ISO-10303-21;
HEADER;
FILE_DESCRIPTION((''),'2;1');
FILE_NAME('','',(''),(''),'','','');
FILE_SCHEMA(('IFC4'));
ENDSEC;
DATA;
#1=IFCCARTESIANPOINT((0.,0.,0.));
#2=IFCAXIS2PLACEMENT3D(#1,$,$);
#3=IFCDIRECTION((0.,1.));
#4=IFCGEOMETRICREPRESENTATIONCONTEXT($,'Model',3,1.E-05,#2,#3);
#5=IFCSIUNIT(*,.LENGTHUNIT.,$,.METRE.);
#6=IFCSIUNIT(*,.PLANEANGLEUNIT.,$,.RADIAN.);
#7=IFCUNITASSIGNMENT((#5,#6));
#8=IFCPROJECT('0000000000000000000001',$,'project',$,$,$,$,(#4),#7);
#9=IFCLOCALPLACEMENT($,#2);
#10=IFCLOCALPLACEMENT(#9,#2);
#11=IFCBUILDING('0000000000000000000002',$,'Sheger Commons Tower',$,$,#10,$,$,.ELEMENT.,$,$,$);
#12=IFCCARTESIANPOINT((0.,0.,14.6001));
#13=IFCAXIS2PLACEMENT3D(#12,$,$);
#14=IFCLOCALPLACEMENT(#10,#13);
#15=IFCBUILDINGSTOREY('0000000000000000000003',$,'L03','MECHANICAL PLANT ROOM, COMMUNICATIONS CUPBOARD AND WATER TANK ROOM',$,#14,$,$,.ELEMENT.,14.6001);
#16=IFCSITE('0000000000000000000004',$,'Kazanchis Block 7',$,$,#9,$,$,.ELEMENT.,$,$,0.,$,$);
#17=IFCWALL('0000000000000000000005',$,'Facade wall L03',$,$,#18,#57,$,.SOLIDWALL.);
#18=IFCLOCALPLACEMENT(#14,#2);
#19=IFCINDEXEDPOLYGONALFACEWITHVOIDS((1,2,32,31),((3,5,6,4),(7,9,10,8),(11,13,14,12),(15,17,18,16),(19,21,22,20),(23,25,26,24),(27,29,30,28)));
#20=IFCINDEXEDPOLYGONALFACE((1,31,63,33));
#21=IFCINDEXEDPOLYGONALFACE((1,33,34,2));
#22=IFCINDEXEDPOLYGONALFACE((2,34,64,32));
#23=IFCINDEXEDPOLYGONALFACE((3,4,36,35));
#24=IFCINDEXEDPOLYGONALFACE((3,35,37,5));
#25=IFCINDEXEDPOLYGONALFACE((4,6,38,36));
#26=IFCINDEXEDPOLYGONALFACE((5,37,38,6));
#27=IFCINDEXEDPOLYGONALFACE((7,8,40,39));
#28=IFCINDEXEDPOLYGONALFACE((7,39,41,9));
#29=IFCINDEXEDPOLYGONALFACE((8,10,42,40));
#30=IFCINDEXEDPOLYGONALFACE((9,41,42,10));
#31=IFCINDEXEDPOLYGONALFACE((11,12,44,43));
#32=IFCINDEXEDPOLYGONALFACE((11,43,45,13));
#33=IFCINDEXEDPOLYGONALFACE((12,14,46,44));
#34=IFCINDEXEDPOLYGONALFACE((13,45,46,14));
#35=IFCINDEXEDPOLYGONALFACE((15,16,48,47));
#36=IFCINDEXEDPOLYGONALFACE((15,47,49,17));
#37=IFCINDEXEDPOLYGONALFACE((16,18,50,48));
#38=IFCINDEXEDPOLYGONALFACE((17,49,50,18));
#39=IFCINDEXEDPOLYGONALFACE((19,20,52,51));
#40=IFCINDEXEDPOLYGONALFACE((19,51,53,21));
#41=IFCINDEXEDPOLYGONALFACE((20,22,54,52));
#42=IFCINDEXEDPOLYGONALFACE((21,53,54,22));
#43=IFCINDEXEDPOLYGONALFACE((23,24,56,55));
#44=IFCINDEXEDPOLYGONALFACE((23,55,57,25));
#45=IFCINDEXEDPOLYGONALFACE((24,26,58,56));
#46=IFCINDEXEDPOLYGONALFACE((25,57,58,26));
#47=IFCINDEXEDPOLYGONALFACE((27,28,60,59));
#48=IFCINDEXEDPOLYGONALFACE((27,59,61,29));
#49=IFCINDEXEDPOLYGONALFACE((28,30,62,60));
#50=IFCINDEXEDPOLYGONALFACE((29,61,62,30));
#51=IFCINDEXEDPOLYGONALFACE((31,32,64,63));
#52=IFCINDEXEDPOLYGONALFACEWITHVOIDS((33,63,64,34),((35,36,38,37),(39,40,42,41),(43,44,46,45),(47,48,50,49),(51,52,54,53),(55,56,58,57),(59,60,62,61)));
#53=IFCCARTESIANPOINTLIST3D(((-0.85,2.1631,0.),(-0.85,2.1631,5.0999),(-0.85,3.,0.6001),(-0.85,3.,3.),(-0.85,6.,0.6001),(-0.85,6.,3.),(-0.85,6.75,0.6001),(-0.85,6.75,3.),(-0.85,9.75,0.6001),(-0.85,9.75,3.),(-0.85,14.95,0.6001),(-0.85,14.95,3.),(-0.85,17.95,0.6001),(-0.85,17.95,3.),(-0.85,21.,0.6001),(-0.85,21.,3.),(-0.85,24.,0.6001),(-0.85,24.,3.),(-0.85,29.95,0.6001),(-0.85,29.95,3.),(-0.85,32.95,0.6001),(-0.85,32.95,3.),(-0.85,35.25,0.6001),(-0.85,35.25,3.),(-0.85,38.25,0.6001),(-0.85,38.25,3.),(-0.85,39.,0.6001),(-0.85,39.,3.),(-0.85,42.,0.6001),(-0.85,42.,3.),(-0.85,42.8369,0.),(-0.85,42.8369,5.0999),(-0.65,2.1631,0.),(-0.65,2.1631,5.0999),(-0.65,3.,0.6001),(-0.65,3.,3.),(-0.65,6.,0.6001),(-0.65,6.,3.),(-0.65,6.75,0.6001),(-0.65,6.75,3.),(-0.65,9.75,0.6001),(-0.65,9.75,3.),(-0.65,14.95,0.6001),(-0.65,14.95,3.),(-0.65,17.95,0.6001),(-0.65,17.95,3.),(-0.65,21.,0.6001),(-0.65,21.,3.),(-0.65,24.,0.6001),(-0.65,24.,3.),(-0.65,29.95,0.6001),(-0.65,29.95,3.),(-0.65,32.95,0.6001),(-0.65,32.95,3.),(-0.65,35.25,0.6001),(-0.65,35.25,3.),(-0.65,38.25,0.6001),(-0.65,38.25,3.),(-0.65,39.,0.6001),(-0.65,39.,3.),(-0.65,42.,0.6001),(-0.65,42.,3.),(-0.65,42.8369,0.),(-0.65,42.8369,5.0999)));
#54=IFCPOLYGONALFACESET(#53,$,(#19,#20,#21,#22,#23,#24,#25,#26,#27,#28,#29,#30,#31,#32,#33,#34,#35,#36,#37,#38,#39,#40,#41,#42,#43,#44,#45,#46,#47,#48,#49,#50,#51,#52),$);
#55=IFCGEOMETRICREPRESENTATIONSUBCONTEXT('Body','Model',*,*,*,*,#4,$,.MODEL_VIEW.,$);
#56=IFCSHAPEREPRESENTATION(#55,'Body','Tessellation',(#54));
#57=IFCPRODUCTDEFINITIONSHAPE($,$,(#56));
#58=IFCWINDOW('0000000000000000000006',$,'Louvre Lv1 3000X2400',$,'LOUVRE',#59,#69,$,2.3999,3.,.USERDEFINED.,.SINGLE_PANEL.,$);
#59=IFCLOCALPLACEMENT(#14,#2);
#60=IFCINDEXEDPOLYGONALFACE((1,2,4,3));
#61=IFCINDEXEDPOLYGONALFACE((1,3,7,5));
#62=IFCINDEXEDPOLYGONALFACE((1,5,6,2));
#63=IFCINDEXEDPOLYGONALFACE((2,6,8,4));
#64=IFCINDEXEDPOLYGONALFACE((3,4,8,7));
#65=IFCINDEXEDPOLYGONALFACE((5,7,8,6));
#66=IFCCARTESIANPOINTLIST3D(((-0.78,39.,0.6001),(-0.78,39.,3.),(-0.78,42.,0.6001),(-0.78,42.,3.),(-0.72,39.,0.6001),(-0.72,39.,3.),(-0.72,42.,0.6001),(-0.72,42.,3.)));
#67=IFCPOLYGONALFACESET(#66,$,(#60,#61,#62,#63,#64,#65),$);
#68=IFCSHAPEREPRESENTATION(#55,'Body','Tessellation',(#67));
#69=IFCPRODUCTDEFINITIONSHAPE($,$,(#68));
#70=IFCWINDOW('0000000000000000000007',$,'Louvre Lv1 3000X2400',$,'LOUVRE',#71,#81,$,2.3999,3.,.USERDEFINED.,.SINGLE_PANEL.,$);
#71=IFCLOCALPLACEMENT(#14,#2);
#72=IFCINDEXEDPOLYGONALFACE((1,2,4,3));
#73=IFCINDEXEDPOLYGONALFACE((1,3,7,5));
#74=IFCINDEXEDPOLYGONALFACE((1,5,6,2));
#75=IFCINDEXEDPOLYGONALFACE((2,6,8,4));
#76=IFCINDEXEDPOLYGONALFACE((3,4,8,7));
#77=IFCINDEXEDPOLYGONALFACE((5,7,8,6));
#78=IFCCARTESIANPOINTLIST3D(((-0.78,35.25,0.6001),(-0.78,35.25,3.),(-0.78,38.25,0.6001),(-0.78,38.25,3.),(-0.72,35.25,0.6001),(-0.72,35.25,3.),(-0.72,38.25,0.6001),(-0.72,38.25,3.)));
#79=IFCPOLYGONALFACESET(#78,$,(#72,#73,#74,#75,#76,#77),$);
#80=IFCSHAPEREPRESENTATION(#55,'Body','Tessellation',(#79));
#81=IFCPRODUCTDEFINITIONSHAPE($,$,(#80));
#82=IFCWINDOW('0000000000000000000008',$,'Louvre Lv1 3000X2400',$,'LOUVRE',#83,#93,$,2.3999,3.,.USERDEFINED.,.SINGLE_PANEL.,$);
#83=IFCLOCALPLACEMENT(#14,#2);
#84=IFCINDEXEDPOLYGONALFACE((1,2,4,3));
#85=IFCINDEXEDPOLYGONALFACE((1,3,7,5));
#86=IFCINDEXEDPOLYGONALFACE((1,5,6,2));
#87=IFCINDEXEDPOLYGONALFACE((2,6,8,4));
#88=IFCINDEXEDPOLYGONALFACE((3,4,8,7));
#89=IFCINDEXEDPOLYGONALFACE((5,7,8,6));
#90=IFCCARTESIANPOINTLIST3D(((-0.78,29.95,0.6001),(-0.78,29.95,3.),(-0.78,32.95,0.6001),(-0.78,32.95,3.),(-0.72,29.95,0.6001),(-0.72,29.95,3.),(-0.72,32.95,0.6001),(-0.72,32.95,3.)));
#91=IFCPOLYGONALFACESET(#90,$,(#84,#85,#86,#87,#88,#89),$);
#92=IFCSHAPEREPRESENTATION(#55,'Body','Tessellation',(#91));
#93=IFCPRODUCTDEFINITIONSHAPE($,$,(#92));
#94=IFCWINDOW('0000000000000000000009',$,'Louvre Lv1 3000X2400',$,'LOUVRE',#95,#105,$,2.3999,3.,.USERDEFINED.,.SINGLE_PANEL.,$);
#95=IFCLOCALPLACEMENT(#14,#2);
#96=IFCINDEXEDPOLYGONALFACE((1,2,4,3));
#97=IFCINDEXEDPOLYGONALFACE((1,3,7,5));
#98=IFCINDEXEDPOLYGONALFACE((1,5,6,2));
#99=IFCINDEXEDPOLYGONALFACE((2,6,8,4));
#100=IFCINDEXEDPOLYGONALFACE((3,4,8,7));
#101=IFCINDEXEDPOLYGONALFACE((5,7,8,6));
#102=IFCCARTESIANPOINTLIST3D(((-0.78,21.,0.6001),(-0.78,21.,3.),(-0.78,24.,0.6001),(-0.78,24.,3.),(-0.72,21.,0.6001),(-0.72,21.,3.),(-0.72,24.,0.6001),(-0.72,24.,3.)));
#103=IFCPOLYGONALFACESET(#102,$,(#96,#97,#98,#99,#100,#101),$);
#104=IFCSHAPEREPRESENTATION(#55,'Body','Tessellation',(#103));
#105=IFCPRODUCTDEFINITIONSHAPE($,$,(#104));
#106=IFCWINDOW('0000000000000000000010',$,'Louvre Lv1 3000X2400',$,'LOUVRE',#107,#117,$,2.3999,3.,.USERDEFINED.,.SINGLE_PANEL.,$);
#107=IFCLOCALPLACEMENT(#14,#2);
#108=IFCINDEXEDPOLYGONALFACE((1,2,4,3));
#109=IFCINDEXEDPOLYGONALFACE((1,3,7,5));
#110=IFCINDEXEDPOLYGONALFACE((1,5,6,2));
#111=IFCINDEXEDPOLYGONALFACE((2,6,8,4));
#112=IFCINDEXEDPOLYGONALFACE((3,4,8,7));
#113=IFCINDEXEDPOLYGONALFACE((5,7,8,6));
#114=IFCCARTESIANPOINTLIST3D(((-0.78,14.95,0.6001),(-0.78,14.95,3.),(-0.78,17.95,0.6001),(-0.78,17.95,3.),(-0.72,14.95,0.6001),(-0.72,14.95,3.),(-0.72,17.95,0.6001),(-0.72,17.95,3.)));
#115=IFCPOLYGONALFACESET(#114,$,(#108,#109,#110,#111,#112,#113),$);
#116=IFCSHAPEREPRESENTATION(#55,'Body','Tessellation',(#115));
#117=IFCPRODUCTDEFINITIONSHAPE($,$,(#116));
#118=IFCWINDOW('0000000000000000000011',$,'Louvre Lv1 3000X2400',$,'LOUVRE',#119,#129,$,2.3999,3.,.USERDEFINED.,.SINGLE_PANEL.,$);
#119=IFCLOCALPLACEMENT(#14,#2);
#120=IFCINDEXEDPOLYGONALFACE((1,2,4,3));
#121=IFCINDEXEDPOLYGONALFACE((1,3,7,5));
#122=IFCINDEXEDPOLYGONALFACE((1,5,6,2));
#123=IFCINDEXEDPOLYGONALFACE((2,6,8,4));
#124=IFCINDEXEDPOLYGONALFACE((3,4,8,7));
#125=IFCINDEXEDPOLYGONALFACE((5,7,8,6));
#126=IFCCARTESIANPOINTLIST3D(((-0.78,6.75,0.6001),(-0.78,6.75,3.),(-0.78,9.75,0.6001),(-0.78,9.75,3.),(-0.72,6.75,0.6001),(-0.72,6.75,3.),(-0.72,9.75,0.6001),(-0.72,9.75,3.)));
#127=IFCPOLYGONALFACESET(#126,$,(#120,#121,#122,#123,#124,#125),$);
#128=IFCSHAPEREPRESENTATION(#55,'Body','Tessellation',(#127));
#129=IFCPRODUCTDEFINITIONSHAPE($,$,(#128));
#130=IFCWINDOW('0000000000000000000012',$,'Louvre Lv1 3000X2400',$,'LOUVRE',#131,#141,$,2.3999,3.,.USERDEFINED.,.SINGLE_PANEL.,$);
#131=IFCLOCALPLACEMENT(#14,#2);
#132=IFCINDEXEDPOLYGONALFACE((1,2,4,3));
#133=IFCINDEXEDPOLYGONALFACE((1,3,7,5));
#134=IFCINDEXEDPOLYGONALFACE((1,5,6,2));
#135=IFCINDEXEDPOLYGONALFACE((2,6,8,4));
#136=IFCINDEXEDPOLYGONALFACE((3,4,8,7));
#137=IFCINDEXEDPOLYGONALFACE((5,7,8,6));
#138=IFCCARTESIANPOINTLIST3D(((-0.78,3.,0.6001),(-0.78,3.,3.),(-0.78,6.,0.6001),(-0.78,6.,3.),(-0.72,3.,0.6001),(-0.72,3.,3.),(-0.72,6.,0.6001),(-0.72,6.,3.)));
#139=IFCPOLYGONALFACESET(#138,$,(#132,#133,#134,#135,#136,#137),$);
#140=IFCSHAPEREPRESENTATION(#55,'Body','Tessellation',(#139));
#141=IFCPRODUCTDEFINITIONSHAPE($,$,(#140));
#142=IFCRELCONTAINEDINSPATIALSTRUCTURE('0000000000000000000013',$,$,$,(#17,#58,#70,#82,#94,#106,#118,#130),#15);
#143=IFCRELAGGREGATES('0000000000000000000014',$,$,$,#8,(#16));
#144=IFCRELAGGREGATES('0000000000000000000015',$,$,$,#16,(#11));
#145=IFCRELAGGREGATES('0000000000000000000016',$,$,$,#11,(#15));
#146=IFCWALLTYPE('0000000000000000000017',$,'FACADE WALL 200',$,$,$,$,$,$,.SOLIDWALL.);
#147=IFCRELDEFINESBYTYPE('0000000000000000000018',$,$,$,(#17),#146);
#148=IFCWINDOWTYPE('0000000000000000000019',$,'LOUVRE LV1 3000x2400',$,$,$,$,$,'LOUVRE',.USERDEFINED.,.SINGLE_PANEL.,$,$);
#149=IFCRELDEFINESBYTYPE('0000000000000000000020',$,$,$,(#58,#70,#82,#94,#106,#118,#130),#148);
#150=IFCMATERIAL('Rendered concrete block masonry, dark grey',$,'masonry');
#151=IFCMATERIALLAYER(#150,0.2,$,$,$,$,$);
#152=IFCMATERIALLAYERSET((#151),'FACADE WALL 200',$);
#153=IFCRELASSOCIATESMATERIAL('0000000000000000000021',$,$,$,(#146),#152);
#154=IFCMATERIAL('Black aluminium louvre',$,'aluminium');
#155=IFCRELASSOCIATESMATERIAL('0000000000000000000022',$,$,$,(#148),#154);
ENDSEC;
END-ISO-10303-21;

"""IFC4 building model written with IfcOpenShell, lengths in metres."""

from ifc_helpers import new_model, si_unit, direction, frame, frame_2d, origin, place, context, subcontext, project, spatial, rectangle, extrude, material, layer, layer_set, type_object, element, fill, save


model = new_model("IFC4")

# Units and contexts
model_context = context("Model", 3, precision=1e-05, world=origin(), true_north=direction((0.0, 1.0)))
body_context = subcontext(model_context, "Body", "Model", "MODEL_VIEW")
ifc_project = project(units=[si_unit("LENGTHUNIT", "METRE"), si_unit("PLANEANGLEUNIT", "RADIAN")], contexts=[model_context])

# Site, building, storey
site_placement = place(None, origin())
site = spatial("IfcSite", under=ifc_project, at=site_placement, Name="Kazanchis Block 7", CompositionType="ELEMENT", RefElevation=0.0)
building_placement = place(site_placement, origin())
building = spatial("IfcBuilding", under=site, at=building_placement, Name="Sheger Commons Tower", CompositionType="ELEMENT")
storey_placement = place(building_placement, frame((0.0, 0.0, 14.6001)))
storey = spatial("IfcBuildingStorey", under=building, at=storey_placement, Name="L03", Description="MECHANICAL PLANT ROOM, COMMUNICATIONS CUPBOARD AND WATER TANK ROOM", CompositionType="ELEMENT", Elevation=14.6001)

# Shared definitions
ifc_material_1 = material(Name="Rendered concrete block masonry, dark grey", Category="masonry")
ifc_layer = layer(ifc_material_1, 0.2)
ifc_layer_set = layer_set([ifc_layer], Name="FACADE WALL 200")
wall_type = type_object("IfcWallType", Name="FACADE WALL 200", PredefinedType="SOLIDWALL", material=ifc_layer_set)

# Wall, openings, windows
wall_1_placement = place(storey_placement, frame((-0.75, 42.8369, 0.0), z_axis=(0.0, 0.0, 1.0), x_axis=(0.0, -1.0, 0.0)))
wall_1 = element("IfcWall", 1, at=wall_1_placement, inside=storey, type_object=wall_type, Name="Facade wall L03", PredefinedType="SOLIDWALL", context=body_context, shape_type="SweptSolid", body=[
    extrude(rectangle(XDim=40.6738, YDim=0.2, at=frame_2d((20.3369, 0.0))), origin(), (0.0, 0.0, 1.0), 5.0999),
])
opening_1_placement = place(wall_1_placement, frame((0.8369, 0.0, 0.6001)))
opening_1 = element("IfcOpeningElement", 2, at=opening_1_placement, cuts=wall_1, PredefinedType="OPENING", context=body_context, shape_type="SweptSolid", body=[
    extrude(rectangle(XDim=3.0, YDim=2.3999, at=frame_2d((1.5, 1.2))), frame((0.0, 0.1099, 0.0), z_axis=(0.0, -1.0, 0.0), x_axis=(1.0, 0.0, 0.0)), (0.0, 0.0, 1.0), 0.22),
])
opening_2_placement = place(wall_1_placement, frame((4.5869, 0.0, 0.6001)))
opening_2 = element("IfcOpeningElement", 3, at=opening_2_placement, cuts=wall_1, PredefinedType="OPENING", context=body_context, shape_type="SweptSolid", body=[
    extrude(rectangle(XDim=3.0, YDim=2.3999, at=frame_2d((1.5, 1.2))), frame((0.0, 0.1099, 0.0), z_axis=(0.0, -1.0, 0.0), x_axis=(1.0, 0.0, 0.0)), (0.0, 0.0, 1.0), 0.22),
])
opening_3_placement = place(wall_1_placement, frame((9.887, 0.0, 0.6001)))
opening_3 = element("IfcOpeningElement", 4, at=opening_3_placement, cuts=wall_1, PredefinedType="OPENING", context=body_context, shape_type="SweptSolid", body=[
    extrude(rectangle(XDim=3.0, YDim=2.3999, at=frame_2d((1.5, 1.2))), frame((0.0, 0.1099, 0.0), z_axis=(0.0, -1.0, 0.0), x_axis=(1.0, 0.0, 0.0)), (0.0, 0.0, 1.0), 0.22),
])
opening_4_placement = place(wall_1_placement, frame((18.8369, 0.0, 0.6001)))
opening_4 = element("IfcOpeningElement", 5, at=opening_4_placement, cuts=wall_1, PredefinedType="OPENING", context=body_context, shape_type="SweptSolid", body=[
    extrude(rectangle(XDim=3.0, YDim=2.3999, at=frame_2d((1.5, 1.2))), frame((0.0, 0.1099, 0.0), z_axis=(0.0, -1.0, 0.0), x_axis=(1.0, 0.0, 0.0)), (0.0, 0.0, 1.0), 0.22),
])
opening_5_placement = place(wall_1_placement, frame((24.887, 0.0, 0.6001)))
opening_5 = element("IfcOpeningElement", 6, at=opening_5_placement, cuts=wall_1, PredefinedType="OPENING", context=body_context, shape_type="SweptSolid", body=[
    extrude(rectangle(XDim=3.0, YDim=2.3999, at=frame_2d((1.5, 1.2))), frame((0.0, 0.1099, 0.0), z_axis=(0.0, -1.0, 0.0), x_axis=(1.0, 0.0, 0.0)), (0.0, 0.0, 1.0), 0.22),
])
opening_6_placement = place(wall_1_placement, frame((33.0869, 0.0, 0.6001)))
opening_6 = element("IfcOpeningElement", 7, at=opening_6_placement, cuts=wall_1, PredefinedType="OPENING", context=body_context, shape_type="SweptSolid", body=[
    extrude(rectangle(XDim=3.0, YDim=2.3999, at=frame_2d((1.5, 1.2))), frame((0.0, 0.1099, 0.0), z_axis=(0.0, -1.0, 0.0), x_axis=(1.0, 0.0, 0.0)), (0.0, 0.0, 1.0), 0.22),
])
opening_7_placement = place(wall_1_placement, frame((36.8369, 0.0, 0.6001)))
opening_7 = element("IfcOpeningElement", 8, at=opening_7_placement, cuts=wall_1, PredefinedType="OPENING", context=body_context, shape_type="SweptSolid", body=[
    extrude(rectangle(XDim=3.0, YDim=2.3999, at=frame_2d((1.5, 1.2))), frame((0.0, 0.1099, 0.0), z_axis=(0.0, -1.0, 0.0), x_axis=(1.0, 0.0, 0.0)), (0.0, 0.0, 1.0), 0.22),
])
ifc_material_2 = material(Name="Black aluminium louvre", Category="aluminium")
window_type = type_object("IfcWindowType", Name="LOUVRE LV1 3000x2400", ElementType="LOUVRE", PartitioningType="SINGLE_PANEL", PredefinedType="USERDEFINED", material=ifc_material_2)
window_1_placement = place(opening_1_placement, origin())
window_1 = element("IfcWindow", 9, at=window_1_placement, inside=storey, type_object=window_type, Name="Louvre Lv1 3000X2400", ObjectType="LOUVRE", OverallHeight=2.3999, OverallWidth=3.0, PartitioningType="SINGLE_PANEL", PredefinedType="USERDEFINED", context=body_context, shape_type="SweptSolid", body=[
    extrude(rectangle(XDim=3.0, YDim=2.3999, at=frame_2d((1.5, 1.2))), frame((0.0, 0.03, 0.0), z_axis=(0.0, -1.0, 0.0), x_axis=(1.0, 0.0, 0.0)), (0.0, 0.0, 1.0), 0.0601),
])
fill(opening_1, window_1)
window_2_placement = place(opening_2_placement, origin())
window_2 = element("IfcWindow", 10, at=window_2_placement, inside=storey, type_object=window_type, Name="Louvre Lv1 3000X2400", ObjectType="LOUVRE", OverallHeight=2.3999, OverallWidth=3.0, PartitioningType="SINGLE_PANEL", PredefinedType="USERDEFINED", context=body_context, shape_type="SweptSolid", body=[
    extrude(rectangle(XDim=3.0, YDim=2.3999, at=frame_2d((1.5, 1.2))), frame((0.0, 0.03, 0.0), z_axis=(0.0, -1.0, 0.0), x_axis=(1.0, 0.0, 0.0)), (0.0, 0.0, 1.0), 0.0601),
])
fill(opening_2, window_2)
window_3_placement = place(opening_3_placement, origin())
window_3 = element("IfcWindow", 11, at=window_3_placement, inside=storey, type_object=window_type, Name="Louvre Lv1 3000X2400", ObjectType="LOUVRE", OverallHeight=2.3999, OverallWidth=3.0, PartitioningType="SINGLE_PANEL", PredefinedType="USERDEFINED", context=body_context, shape_type="SweptSolid", body=[
    extrude(rectangle(XDim=3.0, YDim=2.3999, at=frame_2d((1.5, 1.2))), frame((0.0, 0.03, 0.0), z_axis=(0.0, -1.0, 0.0), x_axis=(1.0, 0.0, 0.0)), (0.0, 0.0, 1.0), 0.0601),
])
fill(opening_3, window_3)
window_4_placement = place(opening_4_placement, origin())
window_4 = element("IfcWindow", 12, at=window_4_placement, inside=storey, type_object=window_type, Name="Louvre Lv1 3000X2400", ObjectType="LOUVRE", OverallHeight=2.3999, OverallWidth=3.0, PartitioningType="SINGLE_PANEL", PredefinedType="USERDEFINED", context=body_context, shape_type="SweptSolid", body=[
    extrude(rectangle(XDim=3.0, YDim=2.3999, at=frame_2d((1.5, 1.2))), frame((0.0, 0.03, 0.0), z_axis=(0.0, -1.0, 0.0), x_axis=(1.0, 0.0, 0.0)), (0.0, 0.0, 1.0), 0.0601),
])
fill(opening_4, window_4)
window_5_placement = place(opening_5_placement, origin())
window_5 = element("IfcWindow", 13, at=window_5_placement, inside=storey, type_object=window_type, Name="Louvre Lv1 3000X2400", ObjectType="LOUVRE", OverallHeight=2.3999, OverallWidth=3.0, PartitioningType="SINGLE_PANEL", PredefinedType="USERDEFINED", context=body_context, shape_type="SweptSolid", body=[
    extrude(rectangle(XDim=3.0, YDim=2.3999, at=frame_2d((1.5, 1.2))), frame((0.0, 0.03, 0.0), z_axis=(0.0, -1.0, 0.0), x_axis=(1.0, 0.0, 0.0)), (0.0, 0.0, 1.0), 0.0601),
])
fill(opening_5, window_5)
window_6_placement = place(opening_6_placement, origin())
window_6 = element("IfcWindow", 14, at=window_6_placement, inside=storey, type_object=window_type, Name="Louvre Lv1 3000X2400", ObjectType="LOUVRE", OverallHeight=2.3999, OverallWidth=3.0, PartitioningType="SINGLE_PANEL", PredefinedType="USERDEFINED", context=body_context, shape_type="SweptSolid", body=[
    extrude(rectangle(XDim=3.0, YDim=2.3999, at=frame_2d((1.5, 1.2))), frame((0.0, 0.03, 0.0), z_axis=(0.0, -1.0, 0.0), x_axis=(1.0, 0.0, 0.0)), (0.0, 0.0, 1.0), 0.0601),
])
fill(opening_6, window_6)
window_7_placement = place(opening_7_placement, origin())
window_7 = element("IfcWindow", 15, at=window_7_placement, inside=storey, type_object=window_type, Name="Louvre Lv1 3000X2400", ObjectType="LOUVRE", OverallHeight=2.3999, OverallWidth=3.0, PartitioningType="SINGLE_PANEL", PredefinedType="USERDEFINED", context=body_context, shape_type="SweptSolid", body=[
    extrude(rectangle(XDim=3.0, YDim=2.3999, at=frame_2d((1.5, 1.2))), frame((0.0, 0.03, 0.0), z_axis=(0.0, -1.0, 0.0), x_axis=(1.0, 0.0, 0.0)), (0.0, 0.0, 1.0), 0.0601),
])
fill(opening_7, window_7)

save(model, "model.ifc")
